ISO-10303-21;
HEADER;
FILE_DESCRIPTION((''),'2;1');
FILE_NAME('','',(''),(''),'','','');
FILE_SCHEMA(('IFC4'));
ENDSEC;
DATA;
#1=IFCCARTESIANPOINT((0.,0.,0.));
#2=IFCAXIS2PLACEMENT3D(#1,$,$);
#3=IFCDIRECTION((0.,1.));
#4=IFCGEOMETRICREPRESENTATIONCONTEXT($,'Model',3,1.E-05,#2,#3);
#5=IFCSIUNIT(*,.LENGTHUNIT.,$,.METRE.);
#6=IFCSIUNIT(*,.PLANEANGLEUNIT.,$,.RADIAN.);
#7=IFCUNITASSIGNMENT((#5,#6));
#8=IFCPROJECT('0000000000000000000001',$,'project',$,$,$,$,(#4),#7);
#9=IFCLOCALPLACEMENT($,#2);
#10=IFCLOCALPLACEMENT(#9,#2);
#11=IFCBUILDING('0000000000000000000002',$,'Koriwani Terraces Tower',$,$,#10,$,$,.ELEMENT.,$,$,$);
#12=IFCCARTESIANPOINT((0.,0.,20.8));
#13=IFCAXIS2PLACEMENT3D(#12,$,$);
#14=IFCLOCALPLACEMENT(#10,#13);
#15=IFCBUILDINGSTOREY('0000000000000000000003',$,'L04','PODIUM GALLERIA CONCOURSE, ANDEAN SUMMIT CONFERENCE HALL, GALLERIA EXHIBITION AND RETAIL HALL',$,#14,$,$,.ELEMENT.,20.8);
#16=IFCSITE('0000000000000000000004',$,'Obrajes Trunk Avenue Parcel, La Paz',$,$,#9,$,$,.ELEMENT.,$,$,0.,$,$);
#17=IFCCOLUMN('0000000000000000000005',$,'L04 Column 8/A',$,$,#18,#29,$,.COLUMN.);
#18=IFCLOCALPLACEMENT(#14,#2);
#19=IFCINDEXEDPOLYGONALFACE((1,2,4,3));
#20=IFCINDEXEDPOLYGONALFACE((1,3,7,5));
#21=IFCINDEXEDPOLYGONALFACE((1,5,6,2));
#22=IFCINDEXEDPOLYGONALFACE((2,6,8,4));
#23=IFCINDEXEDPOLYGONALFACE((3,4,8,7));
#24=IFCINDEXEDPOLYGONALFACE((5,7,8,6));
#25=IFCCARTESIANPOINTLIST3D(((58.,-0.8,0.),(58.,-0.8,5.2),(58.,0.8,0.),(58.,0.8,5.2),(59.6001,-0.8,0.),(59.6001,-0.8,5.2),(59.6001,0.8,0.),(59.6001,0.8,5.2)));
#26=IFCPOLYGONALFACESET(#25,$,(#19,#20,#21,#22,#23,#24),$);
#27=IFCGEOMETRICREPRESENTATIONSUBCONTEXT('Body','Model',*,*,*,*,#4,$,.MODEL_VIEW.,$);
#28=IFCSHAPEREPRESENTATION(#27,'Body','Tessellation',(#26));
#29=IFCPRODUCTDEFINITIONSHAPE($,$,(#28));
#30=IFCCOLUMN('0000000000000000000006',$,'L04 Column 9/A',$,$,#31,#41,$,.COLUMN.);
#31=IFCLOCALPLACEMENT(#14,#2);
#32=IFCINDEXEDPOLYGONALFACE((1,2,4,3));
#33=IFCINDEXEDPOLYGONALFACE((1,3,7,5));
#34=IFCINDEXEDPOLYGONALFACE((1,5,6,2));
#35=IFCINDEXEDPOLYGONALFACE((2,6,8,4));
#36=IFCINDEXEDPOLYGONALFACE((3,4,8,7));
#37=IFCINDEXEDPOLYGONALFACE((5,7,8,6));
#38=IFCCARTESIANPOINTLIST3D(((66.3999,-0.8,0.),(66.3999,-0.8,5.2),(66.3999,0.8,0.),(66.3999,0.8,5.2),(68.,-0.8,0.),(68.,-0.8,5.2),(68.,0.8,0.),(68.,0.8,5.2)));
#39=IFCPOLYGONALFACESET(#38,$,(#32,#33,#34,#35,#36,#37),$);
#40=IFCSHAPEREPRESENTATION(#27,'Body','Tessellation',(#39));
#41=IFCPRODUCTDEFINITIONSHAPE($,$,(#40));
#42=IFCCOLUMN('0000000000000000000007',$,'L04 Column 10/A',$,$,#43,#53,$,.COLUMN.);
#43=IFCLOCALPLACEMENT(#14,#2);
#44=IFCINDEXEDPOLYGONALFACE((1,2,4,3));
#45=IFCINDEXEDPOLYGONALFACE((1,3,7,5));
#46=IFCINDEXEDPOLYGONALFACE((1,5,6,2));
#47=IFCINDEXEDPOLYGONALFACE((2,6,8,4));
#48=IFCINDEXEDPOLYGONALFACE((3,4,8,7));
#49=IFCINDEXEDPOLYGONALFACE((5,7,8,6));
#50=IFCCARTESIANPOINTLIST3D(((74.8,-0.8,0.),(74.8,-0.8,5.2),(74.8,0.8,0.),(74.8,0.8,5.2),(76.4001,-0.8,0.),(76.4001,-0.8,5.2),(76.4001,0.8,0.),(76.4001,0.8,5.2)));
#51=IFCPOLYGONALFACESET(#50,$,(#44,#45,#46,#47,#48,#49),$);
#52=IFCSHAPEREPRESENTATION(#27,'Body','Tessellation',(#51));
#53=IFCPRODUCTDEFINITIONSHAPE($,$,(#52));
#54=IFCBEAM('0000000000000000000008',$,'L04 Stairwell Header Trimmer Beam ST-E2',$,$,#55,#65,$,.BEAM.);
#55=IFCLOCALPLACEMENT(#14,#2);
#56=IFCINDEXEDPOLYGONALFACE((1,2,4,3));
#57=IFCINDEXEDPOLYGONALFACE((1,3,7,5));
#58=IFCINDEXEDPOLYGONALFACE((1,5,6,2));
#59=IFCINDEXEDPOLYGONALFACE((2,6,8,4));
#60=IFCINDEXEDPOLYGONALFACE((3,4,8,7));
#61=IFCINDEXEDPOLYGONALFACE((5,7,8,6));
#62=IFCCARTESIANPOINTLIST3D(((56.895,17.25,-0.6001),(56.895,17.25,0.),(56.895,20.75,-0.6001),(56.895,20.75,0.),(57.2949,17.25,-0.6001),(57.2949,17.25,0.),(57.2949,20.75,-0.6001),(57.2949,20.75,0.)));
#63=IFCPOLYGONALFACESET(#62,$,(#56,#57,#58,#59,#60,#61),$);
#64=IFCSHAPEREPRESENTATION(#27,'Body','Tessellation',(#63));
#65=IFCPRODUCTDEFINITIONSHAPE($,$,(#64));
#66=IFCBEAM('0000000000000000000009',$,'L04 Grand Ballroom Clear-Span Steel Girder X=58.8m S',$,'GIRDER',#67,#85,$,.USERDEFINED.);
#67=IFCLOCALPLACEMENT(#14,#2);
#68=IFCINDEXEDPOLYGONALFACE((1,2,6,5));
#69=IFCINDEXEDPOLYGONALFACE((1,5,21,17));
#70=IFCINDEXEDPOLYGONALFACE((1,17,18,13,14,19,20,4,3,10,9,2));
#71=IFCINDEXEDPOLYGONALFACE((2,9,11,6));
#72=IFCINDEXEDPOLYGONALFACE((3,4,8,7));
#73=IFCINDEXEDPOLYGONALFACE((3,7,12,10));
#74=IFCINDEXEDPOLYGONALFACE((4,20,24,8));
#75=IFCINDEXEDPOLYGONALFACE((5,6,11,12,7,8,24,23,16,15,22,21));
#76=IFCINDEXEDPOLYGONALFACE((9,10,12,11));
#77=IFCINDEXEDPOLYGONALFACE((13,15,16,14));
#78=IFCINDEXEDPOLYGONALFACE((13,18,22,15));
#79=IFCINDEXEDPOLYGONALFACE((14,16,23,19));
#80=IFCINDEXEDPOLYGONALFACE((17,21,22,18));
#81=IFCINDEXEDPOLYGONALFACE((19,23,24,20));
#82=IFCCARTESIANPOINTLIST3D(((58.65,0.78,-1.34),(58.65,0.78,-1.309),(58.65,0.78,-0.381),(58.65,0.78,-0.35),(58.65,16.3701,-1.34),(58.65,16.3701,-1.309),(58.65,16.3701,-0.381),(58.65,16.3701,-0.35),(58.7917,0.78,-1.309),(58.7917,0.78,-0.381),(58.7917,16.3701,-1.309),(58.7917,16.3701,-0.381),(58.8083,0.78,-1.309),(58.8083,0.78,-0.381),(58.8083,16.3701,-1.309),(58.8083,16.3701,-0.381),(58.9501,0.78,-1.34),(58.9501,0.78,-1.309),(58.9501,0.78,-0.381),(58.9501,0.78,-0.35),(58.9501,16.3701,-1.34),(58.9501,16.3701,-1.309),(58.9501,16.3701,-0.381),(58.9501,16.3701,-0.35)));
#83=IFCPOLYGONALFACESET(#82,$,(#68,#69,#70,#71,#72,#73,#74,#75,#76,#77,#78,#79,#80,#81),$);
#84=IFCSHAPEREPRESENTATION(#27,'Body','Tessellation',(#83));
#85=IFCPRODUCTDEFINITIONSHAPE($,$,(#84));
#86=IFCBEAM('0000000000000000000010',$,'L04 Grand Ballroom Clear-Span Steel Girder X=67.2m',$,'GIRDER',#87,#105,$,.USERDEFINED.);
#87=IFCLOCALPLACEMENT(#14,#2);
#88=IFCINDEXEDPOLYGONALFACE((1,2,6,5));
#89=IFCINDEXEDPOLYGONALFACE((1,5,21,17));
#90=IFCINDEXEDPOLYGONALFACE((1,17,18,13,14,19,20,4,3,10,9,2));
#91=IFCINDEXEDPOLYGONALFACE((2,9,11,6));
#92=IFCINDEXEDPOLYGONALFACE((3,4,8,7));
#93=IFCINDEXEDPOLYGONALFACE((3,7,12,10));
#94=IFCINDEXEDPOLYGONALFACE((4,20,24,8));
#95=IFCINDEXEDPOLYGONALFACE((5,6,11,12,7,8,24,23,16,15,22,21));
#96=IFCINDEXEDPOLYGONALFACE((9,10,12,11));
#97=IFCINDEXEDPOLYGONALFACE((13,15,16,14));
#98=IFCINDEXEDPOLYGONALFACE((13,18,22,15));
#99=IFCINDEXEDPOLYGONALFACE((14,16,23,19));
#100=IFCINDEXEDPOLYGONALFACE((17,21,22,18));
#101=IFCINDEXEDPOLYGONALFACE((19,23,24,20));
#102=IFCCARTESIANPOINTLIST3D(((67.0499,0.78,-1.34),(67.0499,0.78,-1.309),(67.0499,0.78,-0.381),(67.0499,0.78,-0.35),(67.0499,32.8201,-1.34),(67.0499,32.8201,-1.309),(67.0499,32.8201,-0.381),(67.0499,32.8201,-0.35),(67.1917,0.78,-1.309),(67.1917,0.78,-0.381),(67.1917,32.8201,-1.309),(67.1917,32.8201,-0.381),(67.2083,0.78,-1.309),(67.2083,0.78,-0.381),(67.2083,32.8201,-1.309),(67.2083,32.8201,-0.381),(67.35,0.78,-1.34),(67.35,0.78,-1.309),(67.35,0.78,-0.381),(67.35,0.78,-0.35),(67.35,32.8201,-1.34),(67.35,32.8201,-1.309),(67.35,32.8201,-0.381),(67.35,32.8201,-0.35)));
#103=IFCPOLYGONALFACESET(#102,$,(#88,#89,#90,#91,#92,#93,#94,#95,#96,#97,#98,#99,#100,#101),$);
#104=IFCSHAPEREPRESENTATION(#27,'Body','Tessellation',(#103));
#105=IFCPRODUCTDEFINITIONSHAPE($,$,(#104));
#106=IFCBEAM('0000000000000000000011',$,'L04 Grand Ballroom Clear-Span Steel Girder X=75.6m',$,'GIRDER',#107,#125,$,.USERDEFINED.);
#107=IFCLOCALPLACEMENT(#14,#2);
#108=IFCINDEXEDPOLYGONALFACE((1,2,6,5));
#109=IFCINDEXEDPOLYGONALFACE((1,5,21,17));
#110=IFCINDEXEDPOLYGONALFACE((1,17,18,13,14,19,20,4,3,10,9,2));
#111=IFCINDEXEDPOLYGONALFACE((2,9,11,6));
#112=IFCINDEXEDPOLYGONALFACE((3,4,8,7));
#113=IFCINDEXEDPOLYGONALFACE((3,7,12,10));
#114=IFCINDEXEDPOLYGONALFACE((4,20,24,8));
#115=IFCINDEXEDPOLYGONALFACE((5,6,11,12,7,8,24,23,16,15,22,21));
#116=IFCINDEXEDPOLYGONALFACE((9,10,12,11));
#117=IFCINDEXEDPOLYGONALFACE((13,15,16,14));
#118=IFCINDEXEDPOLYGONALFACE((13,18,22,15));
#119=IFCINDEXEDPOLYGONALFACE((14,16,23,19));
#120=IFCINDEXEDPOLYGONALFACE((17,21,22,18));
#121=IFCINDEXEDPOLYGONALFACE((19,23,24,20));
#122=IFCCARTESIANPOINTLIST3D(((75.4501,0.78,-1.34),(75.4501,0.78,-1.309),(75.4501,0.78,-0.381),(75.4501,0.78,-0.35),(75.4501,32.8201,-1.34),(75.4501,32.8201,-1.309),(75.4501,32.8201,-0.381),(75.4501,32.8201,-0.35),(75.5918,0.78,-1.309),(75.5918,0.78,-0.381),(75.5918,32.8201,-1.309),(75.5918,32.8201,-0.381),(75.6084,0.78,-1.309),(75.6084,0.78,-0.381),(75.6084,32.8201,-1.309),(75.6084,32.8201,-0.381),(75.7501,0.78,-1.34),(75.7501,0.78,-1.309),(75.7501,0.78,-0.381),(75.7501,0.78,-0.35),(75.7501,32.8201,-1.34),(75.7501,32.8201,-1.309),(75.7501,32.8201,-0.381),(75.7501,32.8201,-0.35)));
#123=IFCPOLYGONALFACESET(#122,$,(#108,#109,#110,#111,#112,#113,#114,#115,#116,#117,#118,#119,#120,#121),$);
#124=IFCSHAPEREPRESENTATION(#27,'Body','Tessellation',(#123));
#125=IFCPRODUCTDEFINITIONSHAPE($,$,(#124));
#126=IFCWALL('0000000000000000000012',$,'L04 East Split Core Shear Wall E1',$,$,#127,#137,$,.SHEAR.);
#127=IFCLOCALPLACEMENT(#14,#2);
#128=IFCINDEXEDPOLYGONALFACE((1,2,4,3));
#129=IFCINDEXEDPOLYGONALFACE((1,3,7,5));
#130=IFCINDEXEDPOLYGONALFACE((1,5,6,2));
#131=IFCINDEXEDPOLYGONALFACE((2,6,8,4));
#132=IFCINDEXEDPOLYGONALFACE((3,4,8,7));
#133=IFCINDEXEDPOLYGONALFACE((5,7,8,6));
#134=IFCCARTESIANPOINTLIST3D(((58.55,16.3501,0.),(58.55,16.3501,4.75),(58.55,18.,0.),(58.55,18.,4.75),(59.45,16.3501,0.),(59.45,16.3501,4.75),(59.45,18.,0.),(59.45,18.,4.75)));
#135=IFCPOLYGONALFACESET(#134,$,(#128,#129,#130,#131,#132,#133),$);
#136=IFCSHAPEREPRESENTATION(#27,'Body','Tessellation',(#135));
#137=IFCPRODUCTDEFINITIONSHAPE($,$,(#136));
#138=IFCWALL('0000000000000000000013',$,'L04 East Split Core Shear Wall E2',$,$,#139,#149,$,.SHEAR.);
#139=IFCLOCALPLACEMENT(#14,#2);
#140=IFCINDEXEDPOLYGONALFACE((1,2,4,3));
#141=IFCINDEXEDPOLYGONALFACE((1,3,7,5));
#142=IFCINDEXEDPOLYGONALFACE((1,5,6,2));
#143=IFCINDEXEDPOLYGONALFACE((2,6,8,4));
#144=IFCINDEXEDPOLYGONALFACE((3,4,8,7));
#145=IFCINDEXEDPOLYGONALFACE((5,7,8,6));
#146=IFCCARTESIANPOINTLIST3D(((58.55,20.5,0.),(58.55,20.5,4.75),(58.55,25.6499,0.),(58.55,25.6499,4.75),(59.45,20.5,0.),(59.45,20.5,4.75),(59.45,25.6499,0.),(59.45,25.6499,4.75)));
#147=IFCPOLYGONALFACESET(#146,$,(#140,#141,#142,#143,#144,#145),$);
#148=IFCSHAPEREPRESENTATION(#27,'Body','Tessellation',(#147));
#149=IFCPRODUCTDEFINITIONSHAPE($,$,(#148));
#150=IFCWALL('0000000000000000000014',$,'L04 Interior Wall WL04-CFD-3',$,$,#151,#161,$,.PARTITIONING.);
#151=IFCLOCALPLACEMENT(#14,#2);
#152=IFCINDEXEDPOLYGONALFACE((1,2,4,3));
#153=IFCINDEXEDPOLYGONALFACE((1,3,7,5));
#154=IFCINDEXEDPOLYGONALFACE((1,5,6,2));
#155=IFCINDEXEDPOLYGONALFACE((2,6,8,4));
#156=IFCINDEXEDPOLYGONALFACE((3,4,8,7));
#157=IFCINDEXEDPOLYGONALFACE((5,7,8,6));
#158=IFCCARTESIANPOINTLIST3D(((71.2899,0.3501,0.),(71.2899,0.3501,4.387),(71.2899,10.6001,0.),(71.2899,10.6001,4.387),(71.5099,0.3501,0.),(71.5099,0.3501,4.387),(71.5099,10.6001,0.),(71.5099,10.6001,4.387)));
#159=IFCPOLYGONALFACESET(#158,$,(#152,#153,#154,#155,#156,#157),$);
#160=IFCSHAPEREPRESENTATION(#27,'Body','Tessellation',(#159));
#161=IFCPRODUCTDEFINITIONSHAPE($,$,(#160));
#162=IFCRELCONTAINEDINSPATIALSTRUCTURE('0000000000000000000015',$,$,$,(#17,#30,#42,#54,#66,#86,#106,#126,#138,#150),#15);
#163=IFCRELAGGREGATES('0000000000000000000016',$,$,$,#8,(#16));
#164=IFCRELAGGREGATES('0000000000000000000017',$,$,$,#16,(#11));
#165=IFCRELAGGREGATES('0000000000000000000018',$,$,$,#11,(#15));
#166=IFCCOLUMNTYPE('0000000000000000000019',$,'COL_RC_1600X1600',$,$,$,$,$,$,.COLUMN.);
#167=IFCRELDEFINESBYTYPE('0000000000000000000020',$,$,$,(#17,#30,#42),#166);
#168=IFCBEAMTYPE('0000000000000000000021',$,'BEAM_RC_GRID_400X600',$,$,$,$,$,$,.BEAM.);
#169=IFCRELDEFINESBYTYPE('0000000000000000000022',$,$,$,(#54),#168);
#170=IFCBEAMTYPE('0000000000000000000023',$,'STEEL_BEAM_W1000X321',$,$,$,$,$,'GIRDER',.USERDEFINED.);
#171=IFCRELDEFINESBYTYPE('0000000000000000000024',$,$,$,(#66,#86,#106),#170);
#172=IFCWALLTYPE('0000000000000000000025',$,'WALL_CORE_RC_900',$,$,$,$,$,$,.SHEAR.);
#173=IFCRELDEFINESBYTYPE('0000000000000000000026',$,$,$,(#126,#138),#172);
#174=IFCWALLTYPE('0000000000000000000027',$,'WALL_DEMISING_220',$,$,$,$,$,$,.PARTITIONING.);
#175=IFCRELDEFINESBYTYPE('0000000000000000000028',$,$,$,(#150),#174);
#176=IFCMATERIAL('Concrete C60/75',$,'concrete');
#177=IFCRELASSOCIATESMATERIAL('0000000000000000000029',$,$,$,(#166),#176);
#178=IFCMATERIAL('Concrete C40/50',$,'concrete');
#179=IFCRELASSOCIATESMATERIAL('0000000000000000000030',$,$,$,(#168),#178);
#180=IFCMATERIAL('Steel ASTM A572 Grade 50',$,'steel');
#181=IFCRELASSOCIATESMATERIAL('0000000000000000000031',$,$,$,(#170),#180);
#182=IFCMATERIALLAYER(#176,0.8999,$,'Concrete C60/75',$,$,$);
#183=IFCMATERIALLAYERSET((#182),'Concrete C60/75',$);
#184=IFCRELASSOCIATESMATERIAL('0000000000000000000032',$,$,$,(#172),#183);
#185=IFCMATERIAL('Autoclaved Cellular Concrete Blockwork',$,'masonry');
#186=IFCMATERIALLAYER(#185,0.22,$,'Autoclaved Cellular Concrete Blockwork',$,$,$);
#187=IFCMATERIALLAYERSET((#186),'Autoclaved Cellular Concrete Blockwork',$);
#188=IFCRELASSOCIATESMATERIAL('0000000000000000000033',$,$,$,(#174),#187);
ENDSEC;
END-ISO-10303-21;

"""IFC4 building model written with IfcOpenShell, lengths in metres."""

from ifc_helpers import new_model, si_unit, direction, frame, frame_2d, origin, origin_2d, place, context, subcontext, project, spatial, rectangle, i_section, extrude, material, layer, layer_set, material_profile, profile_set, type_object, element, save


model = new_model("IFC4")

# Units and contexts
model_context = context("Model", 3, precision=1e-05, world=origin(), true_north=direction((0.0, 1.0)))
body_context = subcontext(model_context, "Body", "Model", "MODEL_VIEW")
ifc_project = project(units=[si_unit("LENGTHUNIT", "METRE"), si_unit("PLANEANGLEUNIT", "RADIAN")], contexts=[model_context])

# Site, building, storey
site_placement = place(None, origin())
site = spatial("IfcSite", under=ifc_project, at=site_placement, Name="Obrajes Trunk Avenue Parcel, La Paz", CompositionType="ELEMENT", RefElevation=0.0)
building_placement = place(site_placement, origin())
building = spatial("IfcBuilding", under=site, at=building_placement, Name="Koriwani Terraces Tower", CompositionType="ELEMENT")
storey_placement = place(building_placement, frame((0.0, 0.0, 20.8)))
storey = spatial("IfcBuildingStorey", under=building, at=storey_placement, Name="L04", Description="PODIUM GALLERIA CONCOURSE, ANDEAN SUMMIT CONFERENCE HALL, GALLERIA EXHIBITION AND RETAIL HALL", CompositionType="ELEMENT", Elevation=20.8)

# Columns
ifc_material_1 = material(Name="Concrete C60/75", Category="concrete")
ifc_material_profile_1 = material_profile(ifc_material_1, rectangle(XDim=1.6001, YDim=1.6001, at=origin_2d()), Name="Concrete C60/75", Category="LoadBearing")
ifc_profile_set_1 = profile_set([ifc_material_profile_1], Name="Concrete C60/75")
column_type = type_object("IfcColumnType", Name="COL_RC_1600X1600", PredefinedType="COLUMN", material=ifc_profile_set_1)
for number, where, z_axis, x_axis, name in (
    (1, (58.8, 0.0, 0.0), (0.0, 0.0, 1.0), (1.0, 0.0, 0.0), "L04 Column 8/A"),
    (2, (67.2, 0.0, 0.0), (0.0, 0.0, 1.0), (1.0, 0.0, 0.0), "L04 Column 9/A"),
    (3, (75.6001, 0.0, 0.0), (0.0, 0.0, 1.0), (1.0, 0.0, 0.0), "L04 Column 10/A"),
):
    element("IfcColumn", number, at=place(storey_placement, frame(where, z_axis=z_axis, x_axis=x_axis)), inside=storey, type_object=column_type, Name=name, PredefinedType="COLUMN", context=body_context, shape_type="SweptSolid", body=[
        extrude(rectangle(XDim=1.6001, YDim=1.6001, at=origin_2d()), origin(), (0.0, 0.0, 1.0), 5.2),
    ])

# Beams
ifc_material_2 = material(Name="Concrete C40/50", Category="concrete")
ifc_material_profile_2 = material_profile(ifc_material_2, rectangle(XDim=0.3999, YDim=0.6001, at=origin_2d()), Name="Concrete C40/50", Category="LoadBearing")
ifc_profile_set_2 = profile_set([ifc_material_profile_2], Name="Concrete C40/50")
beam_type_1 = type_object("IfcBeamType", Name="BEAM_RC_GRID_400X600", PredefinedType="BEAM", material=ifc_profile_set_2)
beam_1_placement = place(storey_placement, frame((57.095, 17.25, -0.3), z_axis=(0.0, 1.0, 0.0), x_axis=(-1.0, 0.0, 0.0)))
element("IfcBeam", 4, at=beam_1_placement, inside=storey, type_object=beam_type_1, Name="L04 Stairwell Header Trimmer Beam ST-E2", PredefinedType="BEAM", context=body_context, shape_type="SweptSolid", body=[
    extrude(rectangle(XDim=0.3999, YDim=0.6001, at=origin_2d()), origin(), (0.0, 0.0, 1.0), 3.5),
])
ifc_material_3 = material(Name="Steel ASTM A572 Grade 50", Category="steel")
ifc_material_profile_3 = material_profile(ifc_material_3, i_section(OverallWidth=0.3, OverallDepth=0.99, WebThickness=0.0166, FlangeThickness=0.031, at=origin_2d()), Name="Steel ASTM A572 Grade 50", Category="LoadBearing")
ifc_profile_set_3 = profile_set([ifc_material_profile_3], Name="Steel ASTM A572 Grade 50")
beam_type_2 = type_object("IfcBeamType", Name="STEEL_BEAM_W1000X321", ElementType="GIRDER", PredefinedType="USERDEFINED", material=ifc_profile_set_3)
beam_2_placement = place(storey_placement, frame((58.8, 0.78, -0.845), z_axis=(0.0, 1.0, 0.0), x_axis=(-1.0, 0.0, 0.0)))
element("IfcBeam", 5, at=beam_2_placement, inside=storey, type_object=beam_type_2, Name="L04 Grand Ballroom Clear-Span Steel Girder X=58.8m S", ObjectType="GIRDER", PredefinedType="USERDEFINED", context=body_context, shape_type="SweptSolid", body=[
    extrude(i_section(OverallWidth=0.3, OverallDepth=0.99, WebThickness=0.0166, FlangeThickness=0.031, at=origin_2d()), origin(), (0.0, 0.0, 1.0), 15.5901),
])
for number, where, z_axis, x_axis, name in (
    (6, (67.2, 0.78, -0.845), (0.0, 1.0, 0.0), (-1.0, 0.0, 0.0), "L04 Grand Ballroom Clear-Span Steel Girder X=67.2m"),
    (7, (75.6001, 0.78, -0.845), (0.0, 1.0, 0.0), (-1.0, 0.0, 0.0), "L04 Grand Ballroom Clear-Span Steel Girder X=75.6m"),
):
    element("IfcBeam", number, at=place(storey_placement, frame(where, z_axis=z_axis, x_axis=x_axis)), inside=storey, type_object=beam_type_2, Name=name, ObjectType="GIRDER", PredefinedType="USERDEFINED", context=body_context, shape_type="SweptSolid", body=[
        extrude(i_section(OverallWidth=0.3, OverallDepth=0.99, WebThickness=0.0166, FlangeThickness=0.031, at=origin_2d()), origin(), (0.0, 0.0, 1.0), 32.04),
    ])

# Walls
ifc_layer_1 = layer(ifc_material_1, 0.8999, Name="Concrete C60/75")
ifc_layer_set_1 = layer_set([ifc_layer_1], Name="Concrete C60/75")
wall_type_1 = type_object("IfcWallType", Name="WALL_CORE_RC_900", PredefinedType="SHEAR", material=ifc_layer_set_1)
wall_1_placement = place(storey_placement, frame((59.0, 16.3501, 0.0), z_axis=(0.0, 0.0, 1.0), x_axis=(0.0, 1.0, 0.0)))
element("IfcWall", 8, at=wall_1_placement, inside=storey, type_object=wall_type_1, Name="L04 East Split Core Shear Wall E1", PredefinedType="SHEAR", context=body_context, shape_type="SweptSolid", body=[
    extrude(rectangle(XDim=1.6499, YDim=0.8999, at=frame_2d((0.825, 0.0))), origin(), (0.0, 0.0, 1.0), 4.75),
])
wall_2_placement = place(storey_placement, frame((59.0, 20.5, 0.0), z_axis=(0.0, 0.0, 1.0), x_axis=(0.0, 1.0, 0.0)))
element("IfcWall", 9, at=wall_2_placement, inside=storey, type_object=wall_type_1, Name="L04 East Split Core Shear Wall E2", PredefinedType="SHEAR", context=body_context, shape_type="SweptSolid", body=[
    extrude(rectangle(XDim=5.1499, YDim=0.8999, at=frame_2d((2.575, 0.0))), origin(), (0.0, 0.0, 1.0), 4.75),
])
ifc_material_4 = material(Name="Autoclaved Cellular Concrete Blockwork", Category="masonry")
ifc_layer_2 = layer(ifc_material_4, 0.22, Name="Autoclaved Cellular Concrete Blockwork")
ifc_layer_set_2 = layer_set([ifc_layer_2], Name="Autoclaved Cellular Concrete Blockwork")
wall_type_2 = type_object("IfcWallType", Name="WALL_DEMISING_220", PredefinedType="PARTITIONING", material=ifc_layer_set_2)
wall_3_placement = place(storey_placement, frame((71.3999, 0.3501, 0.0), z_axis=(0.0, 0.0, 1.0), x_axis=(0.0, 1.0, 0.0)))
element("IfcWall", 10, at=wall_3_placement, inside=storey, type_object=wall_type_2, Name="L04 Interior Wall WL04-CFD-3", PredefinedType="PARTITIONING", context=body_context, shape_type="SweptSolid", body=[
    extrude(rectangle(XDim=10.25, YDim=0.22, at=frame_2d((5.125, 0.0))), origin(), (0.0, 0.0, 1.0), 4.387),
])

save(model, "model.ifc")
